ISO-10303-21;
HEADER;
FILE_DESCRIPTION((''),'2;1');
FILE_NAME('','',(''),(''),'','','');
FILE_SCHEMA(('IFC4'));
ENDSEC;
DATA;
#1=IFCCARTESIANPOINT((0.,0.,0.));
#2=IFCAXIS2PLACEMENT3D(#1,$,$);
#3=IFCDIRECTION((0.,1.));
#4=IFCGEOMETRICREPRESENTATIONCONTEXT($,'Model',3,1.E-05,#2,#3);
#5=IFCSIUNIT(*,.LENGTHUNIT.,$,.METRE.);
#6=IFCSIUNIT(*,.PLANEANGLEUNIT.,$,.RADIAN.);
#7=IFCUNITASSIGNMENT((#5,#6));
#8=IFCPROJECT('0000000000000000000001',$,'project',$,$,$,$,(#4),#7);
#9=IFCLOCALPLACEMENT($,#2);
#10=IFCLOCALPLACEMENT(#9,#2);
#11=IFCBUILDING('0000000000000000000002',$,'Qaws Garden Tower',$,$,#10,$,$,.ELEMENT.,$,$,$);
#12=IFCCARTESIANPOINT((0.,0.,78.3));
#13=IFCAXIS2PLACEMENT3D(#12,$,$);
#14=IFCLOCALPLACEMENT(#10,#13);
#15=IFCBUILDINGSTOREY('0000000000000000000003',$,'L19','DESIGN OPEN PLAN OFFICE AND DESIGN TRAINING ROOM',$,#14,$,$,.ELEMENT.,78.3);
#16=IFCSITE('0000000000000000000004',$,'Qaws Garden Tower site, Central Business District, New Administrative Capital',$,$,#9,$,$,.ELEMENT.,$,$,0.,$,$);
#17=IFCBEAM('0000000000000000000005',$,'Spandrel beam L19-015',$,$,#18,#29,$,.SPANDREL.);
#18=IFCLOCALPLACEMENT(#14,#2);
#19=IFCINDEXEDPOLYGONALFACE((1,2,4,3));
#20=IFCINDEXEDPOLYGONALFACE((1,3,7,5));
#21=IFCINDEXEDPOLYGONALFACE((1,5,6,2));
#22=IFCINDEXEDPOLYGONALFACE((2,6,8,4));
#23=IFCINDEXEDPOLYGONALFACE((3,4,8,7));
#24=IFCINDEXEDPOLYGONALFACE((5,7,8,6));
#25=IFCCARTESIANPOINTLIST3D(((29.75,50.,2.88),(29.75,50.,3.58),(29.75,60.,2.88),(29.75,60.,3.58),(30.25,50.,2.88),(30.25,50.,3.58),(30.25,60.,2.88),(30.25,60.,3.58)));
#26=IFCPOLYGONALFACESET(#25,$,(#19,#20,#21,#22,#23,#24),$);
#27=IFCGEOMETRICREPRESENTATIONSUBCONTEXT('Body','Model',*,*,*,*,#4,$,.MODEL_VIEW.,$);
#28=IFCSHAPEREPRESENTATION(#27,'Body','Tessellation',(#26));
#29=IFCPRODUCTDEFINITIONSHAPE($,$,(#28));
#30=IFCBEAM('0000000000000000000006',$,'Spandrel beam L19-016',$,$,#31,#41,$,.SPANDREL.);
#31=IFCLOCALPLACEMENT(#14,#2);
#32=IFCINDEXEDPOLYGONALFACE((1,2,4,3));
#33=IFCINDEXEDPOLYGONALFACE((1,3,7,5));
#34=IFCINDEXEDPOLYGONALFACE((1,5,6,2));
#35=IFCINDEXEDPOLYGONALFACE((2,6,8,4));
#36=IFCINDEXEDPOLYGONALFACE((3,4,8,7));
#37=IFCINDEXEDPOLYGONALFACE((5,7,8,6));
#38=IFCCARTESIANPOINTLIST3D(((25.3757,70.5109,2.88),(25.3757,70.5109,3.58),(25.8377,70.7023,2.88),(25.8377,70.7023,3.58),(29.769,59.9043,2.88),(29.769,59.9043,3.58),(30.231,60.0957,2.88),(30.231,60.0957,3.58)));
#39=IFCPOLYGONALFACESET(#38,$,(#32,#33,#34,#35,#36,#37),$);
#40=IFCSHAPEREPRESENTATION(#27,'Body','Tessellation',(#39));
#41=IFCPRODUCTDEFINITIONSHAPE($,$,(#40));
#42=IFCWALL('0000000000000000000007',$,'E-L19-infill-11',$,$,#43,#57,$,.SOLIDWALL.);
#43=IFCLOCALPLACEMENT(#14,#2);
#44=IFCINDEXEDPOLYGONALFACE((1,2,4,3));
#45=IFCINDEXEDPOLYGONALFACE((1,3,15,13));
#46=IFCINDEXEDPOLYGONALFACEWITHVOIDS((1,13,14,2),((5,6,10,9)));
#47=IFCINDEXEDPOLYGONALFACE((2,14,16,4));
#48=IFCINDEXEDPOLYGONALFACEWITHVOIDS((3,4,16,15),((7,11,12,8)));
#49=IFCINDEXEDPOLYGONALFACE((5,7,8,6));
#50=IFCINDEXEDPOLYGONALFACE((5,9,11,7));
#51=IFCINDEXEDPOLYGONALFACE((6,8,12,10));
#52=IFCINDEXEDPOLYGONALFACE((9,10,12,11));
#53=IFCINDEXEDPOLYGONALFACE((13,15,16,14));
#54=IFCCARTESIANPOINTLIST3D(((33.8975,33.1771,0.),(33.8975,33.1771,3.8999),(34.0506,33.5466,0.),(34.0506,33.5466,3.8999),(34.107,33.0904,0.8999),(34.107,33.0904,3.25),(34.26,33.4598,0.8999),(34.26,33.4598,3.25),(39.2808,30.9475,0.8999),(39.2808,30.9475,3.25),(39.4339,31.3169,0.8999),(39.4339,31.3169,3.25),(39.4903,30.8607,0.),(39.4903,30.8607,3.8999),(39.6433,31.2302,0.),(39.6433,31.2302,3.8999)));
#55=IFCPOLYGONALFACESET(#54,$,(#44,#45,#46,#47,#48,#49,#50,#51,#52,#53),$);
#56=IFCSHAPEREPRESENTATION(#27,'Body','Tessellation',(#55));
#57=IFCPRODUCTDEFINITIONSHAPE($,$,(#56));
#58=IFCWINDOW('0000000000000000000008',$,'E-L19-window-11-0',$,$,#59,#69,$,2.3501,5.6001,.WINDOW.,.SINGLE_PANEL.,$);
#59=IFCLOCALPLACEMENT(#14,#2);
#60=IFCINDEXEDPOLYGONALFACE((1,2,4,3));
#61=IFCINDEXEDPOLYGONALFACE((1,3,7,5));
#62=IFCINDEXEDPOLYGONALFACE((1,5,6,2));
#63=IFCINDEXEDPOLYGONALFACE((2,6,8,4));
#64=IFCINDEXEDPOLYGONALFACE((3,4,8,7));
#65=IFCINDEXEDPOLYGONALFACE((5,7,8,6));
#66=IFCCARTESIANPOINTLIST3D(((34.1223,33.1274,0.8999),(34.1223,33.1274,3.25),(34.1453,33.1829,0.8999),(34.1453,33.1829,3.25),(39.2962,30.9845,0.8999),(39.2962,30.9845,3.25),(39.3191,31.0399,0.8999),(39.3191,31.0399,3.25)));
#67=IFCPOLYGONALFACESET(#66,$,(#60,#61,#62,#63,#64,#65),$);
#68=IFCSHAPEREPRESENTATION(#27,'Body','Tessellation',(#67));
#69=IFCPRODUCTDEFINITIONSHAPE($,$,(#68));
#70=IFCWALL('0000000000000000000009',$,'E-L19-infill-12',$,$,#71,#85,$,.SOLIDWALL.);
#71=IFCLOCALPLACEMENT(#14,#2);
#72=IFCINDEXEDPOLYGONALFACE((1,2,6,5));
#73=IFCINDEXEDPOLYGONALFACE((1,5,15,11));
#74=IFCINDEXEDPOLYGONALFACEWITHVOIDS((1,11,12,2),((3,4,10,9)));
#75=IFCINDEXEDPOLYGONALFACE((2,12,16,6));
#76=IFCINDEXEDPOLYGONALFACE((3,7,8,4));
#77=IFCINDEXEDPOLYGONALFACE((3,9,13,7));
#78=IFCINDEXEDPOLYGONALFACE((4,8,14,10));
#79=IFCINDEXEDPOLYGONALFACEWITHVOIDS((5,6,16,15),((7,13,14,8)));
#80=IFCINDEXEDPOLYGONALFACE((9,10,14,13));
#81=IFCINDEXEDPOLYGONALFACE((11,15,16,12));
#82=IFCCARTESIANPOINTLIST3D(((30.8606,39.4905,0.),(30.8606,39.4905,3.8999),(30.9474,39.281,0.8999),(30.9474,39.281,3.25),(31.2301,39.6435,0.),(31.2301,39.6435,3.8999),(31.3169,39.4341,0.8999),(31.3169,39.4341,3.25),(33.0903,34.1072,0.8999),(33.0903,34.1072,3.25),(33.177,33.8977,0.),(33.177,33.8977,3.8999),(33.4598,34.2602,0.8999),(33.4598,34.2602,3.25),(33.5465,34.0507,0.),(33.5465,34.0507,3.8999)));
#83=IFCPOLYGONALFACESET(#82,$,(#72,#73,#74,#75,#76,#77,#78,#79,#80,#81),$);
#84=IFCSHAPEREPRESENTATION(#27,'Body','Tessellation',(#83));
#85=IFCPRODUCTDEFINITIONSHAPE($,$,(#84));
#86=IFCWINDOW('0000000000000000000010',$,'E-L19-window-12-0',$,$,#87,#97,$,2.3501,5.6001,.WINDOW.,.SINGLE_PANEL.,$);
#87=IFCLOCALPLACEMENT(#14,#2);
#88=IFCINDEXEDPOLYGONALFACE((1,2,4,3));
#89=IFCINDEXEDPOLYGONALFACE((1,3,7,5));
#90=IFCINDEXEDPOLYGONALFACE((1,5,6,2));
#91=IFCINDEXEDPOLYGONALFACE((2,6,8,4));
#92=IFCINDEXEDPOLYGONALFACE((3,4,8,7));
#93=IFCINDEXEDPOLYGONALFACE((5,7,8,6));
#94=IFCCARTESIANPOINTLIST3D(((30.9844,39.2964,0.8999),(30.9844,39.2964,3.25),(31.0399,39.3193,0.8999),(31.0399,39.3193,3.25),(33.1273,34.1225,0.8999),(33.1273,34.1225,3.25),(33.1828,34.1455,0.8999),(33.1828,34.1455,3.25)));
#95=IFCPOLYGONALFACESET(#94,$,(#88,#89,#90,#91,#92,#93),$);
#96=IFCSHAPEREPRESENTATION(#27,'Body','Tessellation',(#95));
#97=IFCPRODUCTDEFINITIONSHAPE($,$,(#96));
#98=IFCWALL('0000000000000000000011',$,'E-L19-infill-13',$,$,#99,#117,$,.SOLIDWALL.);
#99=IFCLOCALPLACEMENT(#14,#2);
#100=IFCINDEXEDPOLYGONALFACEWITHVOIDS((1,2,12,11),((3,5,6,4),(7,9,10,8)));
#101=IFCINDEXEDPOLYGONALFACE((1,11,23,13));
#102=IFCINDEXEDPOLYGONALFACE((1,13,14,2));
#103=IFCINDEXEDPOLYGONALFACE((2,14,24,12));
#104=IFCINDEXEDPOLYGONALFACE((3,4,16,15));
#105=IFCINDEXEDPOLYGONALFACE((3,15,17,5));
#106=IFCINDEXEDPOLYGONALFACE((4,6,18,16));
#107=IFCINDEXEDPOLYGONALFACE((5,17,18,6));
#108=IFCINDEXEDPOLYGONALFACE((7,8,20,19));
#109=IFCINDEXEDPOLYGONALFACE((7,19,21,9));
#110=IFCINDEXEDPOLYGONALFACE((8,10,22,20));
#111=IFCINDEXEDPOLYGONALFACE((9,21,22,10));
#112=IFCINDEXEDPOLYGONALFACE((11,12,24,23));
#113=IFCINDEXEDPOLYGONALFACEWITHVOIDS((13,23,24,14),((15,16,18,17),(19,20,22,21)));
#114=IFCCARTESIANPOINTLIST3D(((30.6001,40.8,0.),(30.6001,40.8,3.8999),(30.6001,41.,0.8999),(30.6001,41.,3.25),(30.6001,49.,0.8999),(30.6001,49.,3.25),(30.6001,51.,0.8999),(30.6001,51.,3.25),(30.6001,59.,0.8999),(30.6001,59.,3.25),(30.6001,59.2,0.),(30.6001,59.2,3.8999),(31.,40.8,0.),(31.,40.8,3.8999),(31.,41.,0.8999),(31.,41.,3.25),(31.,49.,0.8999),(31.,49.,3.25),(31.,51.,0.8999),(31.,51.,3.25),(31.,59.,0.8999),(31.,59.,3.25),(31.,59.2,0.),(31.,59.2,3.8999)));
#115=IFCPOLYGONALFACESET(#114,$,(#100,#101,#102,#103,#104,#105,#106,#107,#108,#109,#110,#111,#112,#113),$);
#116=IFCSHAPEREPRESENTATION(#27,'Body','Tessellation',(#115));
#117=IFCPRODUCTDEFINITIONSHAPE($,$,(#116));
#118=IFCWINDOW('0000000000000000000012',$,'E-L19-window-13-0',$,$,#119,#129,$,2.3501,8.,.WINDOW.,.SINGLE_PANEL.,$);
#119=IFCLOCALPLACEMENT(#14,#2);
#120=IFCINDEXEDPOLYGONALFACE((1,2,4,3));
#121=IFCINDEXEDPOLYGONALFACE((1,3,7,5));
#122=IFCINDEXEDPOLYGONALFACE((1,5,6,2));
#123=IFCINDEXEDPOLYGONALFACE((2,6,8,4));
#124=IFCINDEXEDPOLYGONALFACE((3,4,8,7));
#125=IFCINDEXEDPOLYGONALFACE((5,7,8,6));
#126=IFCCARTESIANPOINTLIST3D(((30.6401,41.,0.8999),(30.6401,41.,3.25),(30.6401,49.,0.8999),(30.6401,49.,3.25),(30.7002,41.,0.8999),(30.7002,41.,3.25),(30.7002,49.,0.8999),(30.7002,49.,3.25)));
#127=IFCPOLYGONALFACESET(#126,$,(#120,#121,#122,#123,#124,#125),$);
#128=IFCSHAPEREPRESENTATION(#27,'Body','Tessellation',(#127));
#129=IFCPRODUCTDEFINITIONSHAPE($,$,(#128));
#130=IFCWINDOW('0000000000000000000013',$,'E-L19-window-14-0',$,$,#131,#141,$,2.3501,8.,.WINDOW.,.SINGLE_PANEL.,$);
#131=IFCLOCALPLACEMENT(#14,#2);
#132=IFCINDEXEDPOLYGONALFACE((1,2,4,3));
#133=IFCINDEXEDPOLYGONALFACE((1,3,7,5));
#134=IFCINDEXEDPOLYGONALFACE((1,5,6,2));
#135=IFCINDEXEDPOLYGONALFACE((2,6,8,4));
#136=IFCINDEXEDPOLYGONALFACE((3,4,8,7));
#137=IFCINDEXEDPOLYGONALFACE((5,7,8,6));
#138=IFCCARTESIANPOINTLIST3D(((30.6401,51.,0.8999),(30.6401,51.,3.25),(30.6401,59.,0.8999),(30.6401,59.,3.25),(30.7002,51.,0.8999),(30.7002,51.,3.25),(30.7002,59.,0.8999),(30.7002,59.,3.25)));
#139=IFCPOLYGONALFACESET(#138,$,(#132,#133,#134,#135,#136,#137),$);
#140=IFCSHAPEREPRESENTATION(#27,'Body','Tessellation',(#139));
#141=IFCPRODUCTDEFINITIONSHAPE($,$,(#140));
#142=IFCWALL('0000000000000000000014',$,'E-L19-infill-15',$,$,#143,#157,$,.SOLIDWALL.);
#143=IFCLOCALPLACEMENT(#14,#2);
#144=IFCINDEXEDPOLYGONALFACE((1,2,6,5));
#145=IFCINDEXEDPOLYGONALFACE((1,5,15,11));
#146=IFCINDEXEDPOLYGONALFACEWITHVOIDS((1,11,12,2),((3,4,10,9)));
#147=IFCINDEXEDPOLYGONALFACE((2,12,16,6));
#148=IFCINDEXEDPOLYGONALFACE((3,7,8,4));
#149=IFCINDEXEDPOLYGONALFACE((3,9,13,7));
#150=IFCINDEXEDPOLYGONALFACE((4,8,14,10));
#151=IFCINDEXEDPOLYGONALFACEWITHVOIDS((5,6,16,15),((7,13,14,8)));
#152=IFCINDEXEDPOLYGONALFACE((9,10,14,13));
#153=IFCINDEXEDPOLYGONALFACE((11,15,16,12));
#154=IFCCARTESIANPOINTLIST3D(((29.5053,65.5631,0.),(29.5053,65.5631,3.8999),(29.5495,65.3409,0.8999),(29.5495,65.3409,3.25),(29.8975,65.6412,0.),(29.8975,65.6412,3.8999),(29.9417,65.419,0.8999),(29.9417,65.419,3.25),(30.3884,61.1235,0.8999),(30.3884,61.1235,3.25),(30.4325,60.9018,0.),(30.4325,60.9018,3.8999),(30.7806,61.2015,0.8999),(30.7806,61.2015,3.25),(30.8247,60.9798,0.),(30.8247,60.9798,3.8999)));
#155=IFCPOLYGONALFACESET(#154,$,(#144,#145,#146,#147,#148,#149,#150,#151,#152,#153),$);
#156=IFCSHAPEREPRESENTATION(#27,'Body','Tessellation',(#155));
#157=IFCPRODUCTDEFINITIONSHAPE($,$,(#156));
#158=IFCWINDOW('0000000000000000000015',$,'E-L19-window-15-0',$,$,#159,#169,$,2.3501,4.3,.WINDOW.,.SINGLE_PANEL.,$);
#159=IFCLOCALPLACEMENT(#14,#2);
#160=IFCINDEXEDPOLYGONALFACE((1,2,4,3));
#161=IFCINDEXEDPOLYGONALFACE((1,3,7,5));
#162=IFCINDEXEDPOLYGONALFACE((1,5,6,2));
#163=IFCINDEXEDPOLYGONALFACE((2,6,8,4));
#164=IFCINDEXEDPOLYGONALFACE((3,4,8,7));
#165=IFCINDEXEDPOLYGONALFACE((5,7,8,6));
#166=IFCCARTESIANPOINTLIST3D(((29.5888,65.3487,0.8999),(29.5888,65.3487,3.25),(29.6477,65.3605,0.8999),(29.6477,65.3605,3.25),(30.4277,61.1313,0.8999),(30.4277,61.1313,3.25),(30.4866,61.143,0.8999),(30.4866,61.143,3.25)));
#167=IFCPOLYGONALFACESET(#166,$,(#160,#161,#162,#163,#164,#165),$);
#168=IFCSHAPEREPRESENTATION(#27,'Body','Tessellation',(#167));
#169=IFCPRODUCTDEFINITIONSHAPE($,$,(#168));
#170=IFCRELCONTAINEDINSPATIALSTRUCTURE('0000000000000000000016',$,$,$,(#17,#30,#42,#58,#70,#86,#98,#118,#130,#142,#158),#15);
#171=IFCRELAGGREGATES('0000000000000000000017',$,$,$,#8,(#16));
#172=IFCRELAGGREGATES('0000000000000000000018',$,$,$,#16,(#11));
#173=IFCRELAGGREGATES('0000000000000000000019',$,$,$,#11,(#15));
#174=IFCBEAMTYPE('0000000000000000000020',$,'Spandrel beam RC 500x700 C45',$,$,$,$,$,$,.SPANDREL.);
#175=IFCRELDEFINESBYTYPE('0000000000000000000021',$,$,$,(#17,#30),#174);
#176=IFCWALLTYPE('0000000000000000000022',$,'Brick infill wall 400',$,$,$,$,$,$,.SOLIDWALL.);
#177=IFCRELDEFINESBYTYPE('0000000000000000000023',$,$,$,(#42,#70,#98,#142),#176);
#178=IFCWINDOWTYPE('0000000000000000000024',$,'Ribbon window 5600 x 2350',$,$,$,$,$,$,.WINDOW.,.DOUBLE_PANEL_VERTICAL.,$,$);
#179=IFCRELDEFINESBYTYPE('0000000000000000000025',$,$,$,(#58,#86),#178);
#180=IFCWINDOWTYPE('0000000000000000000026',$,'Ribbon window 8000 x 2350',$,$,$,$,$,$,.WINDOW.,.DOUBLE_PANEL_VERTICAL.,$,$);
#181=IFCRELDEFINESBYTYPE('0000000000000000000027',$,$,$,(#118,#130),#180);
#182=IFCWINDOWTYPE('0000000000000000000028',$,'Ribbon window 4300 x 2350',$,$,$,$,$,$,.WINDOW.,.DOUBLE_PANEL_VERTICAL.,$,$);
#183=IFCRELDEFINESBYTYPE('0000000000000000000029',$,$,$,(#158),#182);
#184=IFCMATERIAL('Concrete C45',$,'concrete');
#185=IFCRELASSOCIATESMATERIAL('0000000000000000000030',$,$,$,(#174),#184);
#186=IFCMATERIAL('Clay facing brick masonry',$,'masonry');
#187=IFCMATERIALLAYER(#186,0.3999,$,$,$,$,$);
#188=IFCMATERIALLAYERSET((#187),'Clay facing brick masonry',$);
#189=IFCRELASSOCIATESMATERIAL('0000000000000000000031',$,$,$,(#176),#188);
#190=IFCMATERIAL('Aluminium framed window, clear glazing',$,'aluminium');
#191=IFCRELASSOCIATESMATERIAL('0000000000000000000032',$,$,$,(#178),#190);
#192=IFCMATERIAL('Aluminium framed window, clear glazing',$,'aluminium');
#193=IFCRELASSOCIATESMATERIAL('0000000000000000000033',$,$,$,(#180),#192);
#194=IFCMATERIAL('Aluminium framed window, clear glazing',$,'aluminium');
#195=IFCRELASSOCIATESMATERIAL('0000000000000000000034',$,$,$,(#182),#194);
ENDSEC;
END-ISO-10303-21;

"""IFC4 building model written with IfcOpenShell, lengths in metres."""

from ifc_helpers import new_model, si_unit, direction, frame, frame_2d, origin, origin_2d, place, context, subcontext, project, spatial, rectangle, extrude, material, layer, layer_set, material_profile, profile_set, type_object, element, fill, save


model = new_model("IFC4")

# Units and contexts
model_context = context("Model", 3, precision=1e-05, world=origin(), true_north=direction((0.0, 1.0)))
body_context = subcontext(model_context, "Body", "Model", "MODEL_VIEW")
ifc_project = project(units=[si_unit("LENGTHUNIT", "METRE"), si_unit("PLANEANGLEUNIT", "RADIAN")], contexts=[model_context])

# Site, building, storey
site_placement = place(None, origin())
site = spatial("IfcSite", under=ifc_project, at=site_placement, Name="Qaws Garden Tower site, Central Business District, New Administrative Capital", CompositionType="ELEMENT", RefElevation=0.0)
building_placement = place(site_placement, origin())
building = spatial("IfcBuilding", under=site, at=building_placement, Name="Qaws Garden Tower", CompositionType="ELEMENT")
storey_placement = place(building_placement, frame((0.0, 0.0, 78.3)))
storey = spatial("IfcBuildingStorey", under=building, at=storey_placement, Name="L19", Description="DESIGN OPEN PLAN OFFICE AND DESIGN TRAINING ROOM", CompositionType="ELEMENT", Elevation=78.3)

# Beams
ifc_material_1 = material(Name="Concrete C45", Category="concrete")
ifc_material_profile_1 = material_profile(ifc_material_1, rectangle(XDim=0.5, YDim=0.7, at=origin_2d()), Name="RC 500x700")
ifc_profile_set_1 = profile_set([ifc_material_profile_1], Name="Concrete C45")
beam_type = type_object("IfcBeamType", Name="Spandrel beam RC 500x700 C45", PredefinedType="SPANDREL", material=ifc_profile_set_1)
beam_1_placement = place(storey_placement, frame((30.0, 50.0, 3.23), z_axis=(0.0, 1.0, 0.0), x_axis=(-1.0, 0.0, 0.0)))
element("IfcBeam", 1, at=beam_1_placement, inside=storey, type_object=beam_type, Name="Spandrel beam L19-015", PredefinedType="SPANDREL", context=body_context, shape_type="SweptSolid", body=[
    extrude(rectangle(XDim=0.5, YDim=0.7, at=origin_2d()), origin(), (0.0, 0.0, 1.0), 10.0),
])
beam_2_placement = place(storey_placement, frame((30.0, 60.0, 3.23), z_axis=(-0.382674, 0.923883, 0.0), x_axis=(-0.923883, -0.382674, 0.0)))
element("IfcBeam", 2, at=beam_2_placement, inside=storey, type_object=beam_type, Name="Spandrel beam L19-016", PredefinedType="SPANDREL", context=body_context, shape_type="SweptSolid", body=[
    extrude(rectangle(XDim=0.5, YDim=0.7, at=origin_2d()), origin(), (0.0, 0.0, 1.0), 11.4805),
])

# Walls, openings, windows
ifc_material_2 = material(Name="Clay facing brick masonry", Category="masonry")
ifc_layer_1 = layer(ifc_material_2, 0.3999)
ifc_layer_set_1 = layer_set([ifc_layer_1], Name="Clay facing brick masonry")
wall_type_1 = type_object("IfcWallType", Name="Brick infill wall 400", PredefinedType="SOLIDWALL", material=ifc_layer_set_1)
wall_1_placement = place(storey_placement, frame((39.5669, 31.0454, 0.0), z_axis=(0.0, 0.0, 1.0), x_axis=(-0.923891, 0.382656, 0.0)))
wall_1 = element("IfcWall", 3, at=wall_1_placement, inside=storey, type_object=wall_type_1, Name="E-L19-infill-11", PredefinedType="SOLIDWALL", context=body_context, shape_type="SweptSolid", body=[
    extrude(rectangle(XDim=6.0535, YDim=0.3999, at=frame_2d((3.0269, 0.0))), origin(), (0.0, 0.0, 1.0), 3.8999),
])
opening_1_placement = place(wall_1_placement, frame((0.2268, 0.0, 0.8999)))
opening_1 = element("IfcOpeningElement", 4, at=opening_1_placement, cuts=wall_1, PredefinedType="OPENING", context=body_context, shape_type="SweptSolid", body=[
    extrude(rectangle(XDim=5.6001, YDim=2.3501, at=frame_2d((2.8, 1.175))), frame((0.0, 0.21, 0.0), z_axis=(0.0, -1.0, 0.0), x_axis=(1.0, 0.0, 0.0)), (0.0, 0.0, 1.0), 0.4199),
])
ifc_material_3 = material(Name="Aluminium framed window, clear glazing", Category="aluminium")
window_type_1 = type_object("IfcWindowType", Name="Ribbon window 5600 x 2350", PartitioningType="DOUBLE_PANEL_VERTICAL", PredefinedType="WINDOW", material=ifc_material_3)
window_1_placement = place(opening_1_placement, origin())
window_1 = element("IfcWindow", 5, at=window_1_placement, inside=storey, type_object=window_type_1, Name="E-L19-window-11-0", OverallHeight=2.3501, OverallWidth=5.6001, PartitioningType="SINGLE_PANEL", PredefinedType="WINDOW", context=body_context, shape_type="SweptSolid", body=[
    extrude(rectangle(XDim=5.6001, YDim=2.3501, at=frame_2d((2.8, 1.175))), frame((0.0, 0.1599, 0.0), z_axis=(0.0, -1.0, 0.0), x_axis=(1.0, 0.0, 0.0)), (0.0, 0.0, 1.0), 0.0601),
])
fill(opening_1, window_1)
wall_2_placement = place(storey_placement, frame((33.3618, 33.9741, 0.0), z_axis=(0.0, 0.0, 1.0), x_axis=(-0.382656, 0.923891, 0.0)))
wall_2 = element("IfcWall", 6, at=wall_2_placement, inside=storey, type_object=wall_type_1, Name="E-L19-infill-12", PredefinedType="SOLIDWALL", context=body_context, shape_type="SweptSolid", body=[
    extrude(rectangle(XDim=6.0535, YDim=0.3999, at=frame_2d((3.0269, 0.0))), origin(), (0.0, 0.0, 1.0), 3.8999),
])
opening_2_placement = place(wall_2_placement, frame((0.2268, 0.0, 0.8999)))
opening_2 = element("IfcOpeningElement", 7, at=opening_2_placement, cuts=wall_2, PredefinedType="OPENING", context=body_context, shape_type="SweptSolid", body=[
    extrude(rectangle(XDim=5.6001, YDim=2.3501, at=frame_2d((2.8, 1.175))), frame((0.0, 0.21, 0.0), z_axis=(0.0, -1.0, 0.0), x_axis=(1.0, 0.0, 0.0)), (0.0, 0.0, 1.0), 0.4199),
])
window_2_placement = place(opening_2_placement, origin())
window_2 = element("IfcWindow", 8, at=window_2_placement, inside=storey, type_object=window_type_1, Name="E-L19-window-12-0", OverallHeight=2.3501, OverallWidth=5.6001, PartitioningType="SINGLE_PANEL", PredefinedType="WINDOW", context=body_context, shape_type="SweptSolid", body=[
    extrude(rectangle(XDim=5.6001, YDim=2.3501, at=frame_2d((2.8, 1.175))), frame((0.0, 0.1599, 0.0), z_axis=(0.0, -1.0, 0.0), x_axis=(1.0, 0.0, 0.0)), (0.0, 0.0, 1.0), 0.0601),
])
fill(opening_2, window_2)

# Wall, openings, windows
wall_3_placement = place(storey_placement, frame((30.8, 40.8, 0.0), z_axis=(0.0, 0.0, 1.0), x_axis=(0.0, 1.0, 0.0)))
wall_3 = element("IfcWall", 9, at=wall_3_placement, inside=storey, type_object=wall_type_1, Name="E-L19-infill-13", PredefinedType="SOLIDWALL", context=body_context, shape_type="SweptSolid", body=[
    extrude(rectangle(XDim=18.3999, YDim=0.3999, at=frame_2d((9.2, 0.0))), origin(), (0.0, 0.0, 1.0), 3.8999),
])
opening_3_placement = place(wall_3_placement, frame((0.2, 0.0, 0.8999)))
opening_3 = element("IfcOpeningElement", 10, at=opening_3_placement, cuts=wall_3, PredefinedType="OPENING", context=body_context, shape_type="SweptSolid", body=[
    extrude(rectangle(XDim=8.0, YDim=2.3501, at=frame_2d((4.0, 1.175))), frame((0.0, 0.21, 0.0), z_axis=(0.0, -1.0, 0.0), x_axis=(1.0, 0.0, 0.0)), (0.0, 0.0, 1.0), 0.4199),
])
opening_4_placement = place(wall_3_placement, frame((10.2, 0.0, 0.8999)))
opening_4 = element("IfcOpeningElement", 11, at=opening_4_placement, cuts=wall_3, PredefinedType="OPENING", context=body_context, shape_type="SweptSolid", body=[
    extrude(rectangle(XDim=8.0, YDim=2.3501, at=frame_2d((4.0, 1.175))), frame((0.0, 0.21, 0.0), z_axis=(0.0, -1.0, 0.0), x_axis=(1.0, 0.0, 0.0)), (0.0, 0.0, 1.0), 0.4199),
])
ifc_material_4 = material(Name="Aluminium framed window, clear glazing", Category="aluminium")
window_type_2 = type_object("IfcWindowType", Name="Ribbon window 8000 x 2350", PartitioningType="DOUBLE_PANEL_VERTICAL", PredefinedType="WINDOW", material=ifc_material_4)
window_3_placement = place(opening_3_placement, origin())
window_3 = element("IfcWindow", 12, at=window_3_placement, inside=storey, type_object=window_type_2, Name="E-L19-window-13-0", OverallHeight=2.3501, OverallWidth=8.0, PartitioningType="SINGLE_PANEL", PredefinedType="WINDOW", context=body_context, shape_type="SweptSolid", body=[
    extrude(rectangle(XDim=8.0, YDim=2.3501, at=frame_2d((4.0, 1.175))), frame((0.0, 0.1599, 0.0), z_axis=(0.0, -1.0, 0.0), x_axis=(1.0, 0.0, 0.0)), (0.0, 0.0, 1.0), 0.0601),
])
fill(opening_3, window_3)
window_4_placement = place(opening_4_placement, origin())
window_4 = element("IfcWindow", 13, at=window_4_placement, inside=storey, type_object=window_type_2, Name="E-L19-window-14-0", OverallHeight=2.3501, OverallWidth=8.0, PartitioningType="SINGLE_PANEL", PredefinedType="WINDOW", context=body_context, shape_type="SweptSolid", body=[
    extrude(rectangle(XDim=8.0, YDim=2.3501, at=frame_2d((4.0, 1.175))), frame((0.0, 0.1599, 0.0), z_axis=(0.0, -1.0, 0.0), x_axis=(1.0, 0.0, 0.0)), (0.0, 0.0, 1.0), 0.0601),
])
fill(opening_4, window_4)

# Wall, opening, window
wall_4_placement = place(storey_placement, frame((30.6287, 60.9407, 0.0), z_axis=(0.0, 0.0, 1.0), x_axis=(-0.195099, 0.980784, 0.0)))
wall_4 = element("IfcWall", 14, at=wall_4_placement, inside=storey, type_object=wall_type_1, Name="E-L19-infill-15", PredefinedType="SOLIDWALL", context=body_context, shape_type="SweptSolid", body=[
    extrude(rectangle(XDim=4.7527, YDim=0.3999, at=frame_2d((2.3765, 0.0))), origin(), (0.0, 0.0, 1.0), 3.8999),
])
opening_5_placement = place(wall_4_placement, frame((0.2263, 0.0, 0.8999)))
opening_5 = element("IfcOpeningElement", 15, at=opening_5_placement, cuts=wall_4, PredefinedType="OPENING", context=body_context, shape_type="SweptSolid", body=[
    extrude(rectangle(XDim=4.3, YDim=2.3501, at=frame_2d((2.1499, 1.175))), frame((0.0, 0.21, 0.0), z_axis=(0.0, -1.0, 0.0), x_axis=(1.0, 0.0, 0.0)), (0.0, 0.0, 1.0), 0.4199),
])
ifc_material_5 = material(Name="Aluminium framed window, clear glazing", Category="aluminium")
window_type_3 = type_object("IfcWindowType", Name="Ribbon window 4300 x 2350", PartitioningType="DOUBLE_PANEL_VERTICAL", PredefinedType="WINDOW", material=ifc_material_5)
window_5_placement = place(opening_5_placement, origin())
window_5 = element("IfcWindow", 16, at=window_5_placement, inside=storey, type_object=window_type_3, Name="E-L19-window-15-0", OverallHeight=2.3501, OverallWidth=4.3, PartitioningType="SINGLE_PANEL", PredefinedType="WINDOW", context=body_context, shape_type="SweptSolid", body=[
    extrude(rectangle(XDim=4.3, YDim=2.3501, at=frame_2d((2.1499, 1.175))), frame((0.0, 0.1599, 0.0), z_axis=(0.0, -1.0, 0.0), x_axis=(1.0, 0.0, 0.0)), (0.0, 0.0, 1.0), 0.0601),
])
fill(opening_5, window_5)

save(model, "model.ifc")
